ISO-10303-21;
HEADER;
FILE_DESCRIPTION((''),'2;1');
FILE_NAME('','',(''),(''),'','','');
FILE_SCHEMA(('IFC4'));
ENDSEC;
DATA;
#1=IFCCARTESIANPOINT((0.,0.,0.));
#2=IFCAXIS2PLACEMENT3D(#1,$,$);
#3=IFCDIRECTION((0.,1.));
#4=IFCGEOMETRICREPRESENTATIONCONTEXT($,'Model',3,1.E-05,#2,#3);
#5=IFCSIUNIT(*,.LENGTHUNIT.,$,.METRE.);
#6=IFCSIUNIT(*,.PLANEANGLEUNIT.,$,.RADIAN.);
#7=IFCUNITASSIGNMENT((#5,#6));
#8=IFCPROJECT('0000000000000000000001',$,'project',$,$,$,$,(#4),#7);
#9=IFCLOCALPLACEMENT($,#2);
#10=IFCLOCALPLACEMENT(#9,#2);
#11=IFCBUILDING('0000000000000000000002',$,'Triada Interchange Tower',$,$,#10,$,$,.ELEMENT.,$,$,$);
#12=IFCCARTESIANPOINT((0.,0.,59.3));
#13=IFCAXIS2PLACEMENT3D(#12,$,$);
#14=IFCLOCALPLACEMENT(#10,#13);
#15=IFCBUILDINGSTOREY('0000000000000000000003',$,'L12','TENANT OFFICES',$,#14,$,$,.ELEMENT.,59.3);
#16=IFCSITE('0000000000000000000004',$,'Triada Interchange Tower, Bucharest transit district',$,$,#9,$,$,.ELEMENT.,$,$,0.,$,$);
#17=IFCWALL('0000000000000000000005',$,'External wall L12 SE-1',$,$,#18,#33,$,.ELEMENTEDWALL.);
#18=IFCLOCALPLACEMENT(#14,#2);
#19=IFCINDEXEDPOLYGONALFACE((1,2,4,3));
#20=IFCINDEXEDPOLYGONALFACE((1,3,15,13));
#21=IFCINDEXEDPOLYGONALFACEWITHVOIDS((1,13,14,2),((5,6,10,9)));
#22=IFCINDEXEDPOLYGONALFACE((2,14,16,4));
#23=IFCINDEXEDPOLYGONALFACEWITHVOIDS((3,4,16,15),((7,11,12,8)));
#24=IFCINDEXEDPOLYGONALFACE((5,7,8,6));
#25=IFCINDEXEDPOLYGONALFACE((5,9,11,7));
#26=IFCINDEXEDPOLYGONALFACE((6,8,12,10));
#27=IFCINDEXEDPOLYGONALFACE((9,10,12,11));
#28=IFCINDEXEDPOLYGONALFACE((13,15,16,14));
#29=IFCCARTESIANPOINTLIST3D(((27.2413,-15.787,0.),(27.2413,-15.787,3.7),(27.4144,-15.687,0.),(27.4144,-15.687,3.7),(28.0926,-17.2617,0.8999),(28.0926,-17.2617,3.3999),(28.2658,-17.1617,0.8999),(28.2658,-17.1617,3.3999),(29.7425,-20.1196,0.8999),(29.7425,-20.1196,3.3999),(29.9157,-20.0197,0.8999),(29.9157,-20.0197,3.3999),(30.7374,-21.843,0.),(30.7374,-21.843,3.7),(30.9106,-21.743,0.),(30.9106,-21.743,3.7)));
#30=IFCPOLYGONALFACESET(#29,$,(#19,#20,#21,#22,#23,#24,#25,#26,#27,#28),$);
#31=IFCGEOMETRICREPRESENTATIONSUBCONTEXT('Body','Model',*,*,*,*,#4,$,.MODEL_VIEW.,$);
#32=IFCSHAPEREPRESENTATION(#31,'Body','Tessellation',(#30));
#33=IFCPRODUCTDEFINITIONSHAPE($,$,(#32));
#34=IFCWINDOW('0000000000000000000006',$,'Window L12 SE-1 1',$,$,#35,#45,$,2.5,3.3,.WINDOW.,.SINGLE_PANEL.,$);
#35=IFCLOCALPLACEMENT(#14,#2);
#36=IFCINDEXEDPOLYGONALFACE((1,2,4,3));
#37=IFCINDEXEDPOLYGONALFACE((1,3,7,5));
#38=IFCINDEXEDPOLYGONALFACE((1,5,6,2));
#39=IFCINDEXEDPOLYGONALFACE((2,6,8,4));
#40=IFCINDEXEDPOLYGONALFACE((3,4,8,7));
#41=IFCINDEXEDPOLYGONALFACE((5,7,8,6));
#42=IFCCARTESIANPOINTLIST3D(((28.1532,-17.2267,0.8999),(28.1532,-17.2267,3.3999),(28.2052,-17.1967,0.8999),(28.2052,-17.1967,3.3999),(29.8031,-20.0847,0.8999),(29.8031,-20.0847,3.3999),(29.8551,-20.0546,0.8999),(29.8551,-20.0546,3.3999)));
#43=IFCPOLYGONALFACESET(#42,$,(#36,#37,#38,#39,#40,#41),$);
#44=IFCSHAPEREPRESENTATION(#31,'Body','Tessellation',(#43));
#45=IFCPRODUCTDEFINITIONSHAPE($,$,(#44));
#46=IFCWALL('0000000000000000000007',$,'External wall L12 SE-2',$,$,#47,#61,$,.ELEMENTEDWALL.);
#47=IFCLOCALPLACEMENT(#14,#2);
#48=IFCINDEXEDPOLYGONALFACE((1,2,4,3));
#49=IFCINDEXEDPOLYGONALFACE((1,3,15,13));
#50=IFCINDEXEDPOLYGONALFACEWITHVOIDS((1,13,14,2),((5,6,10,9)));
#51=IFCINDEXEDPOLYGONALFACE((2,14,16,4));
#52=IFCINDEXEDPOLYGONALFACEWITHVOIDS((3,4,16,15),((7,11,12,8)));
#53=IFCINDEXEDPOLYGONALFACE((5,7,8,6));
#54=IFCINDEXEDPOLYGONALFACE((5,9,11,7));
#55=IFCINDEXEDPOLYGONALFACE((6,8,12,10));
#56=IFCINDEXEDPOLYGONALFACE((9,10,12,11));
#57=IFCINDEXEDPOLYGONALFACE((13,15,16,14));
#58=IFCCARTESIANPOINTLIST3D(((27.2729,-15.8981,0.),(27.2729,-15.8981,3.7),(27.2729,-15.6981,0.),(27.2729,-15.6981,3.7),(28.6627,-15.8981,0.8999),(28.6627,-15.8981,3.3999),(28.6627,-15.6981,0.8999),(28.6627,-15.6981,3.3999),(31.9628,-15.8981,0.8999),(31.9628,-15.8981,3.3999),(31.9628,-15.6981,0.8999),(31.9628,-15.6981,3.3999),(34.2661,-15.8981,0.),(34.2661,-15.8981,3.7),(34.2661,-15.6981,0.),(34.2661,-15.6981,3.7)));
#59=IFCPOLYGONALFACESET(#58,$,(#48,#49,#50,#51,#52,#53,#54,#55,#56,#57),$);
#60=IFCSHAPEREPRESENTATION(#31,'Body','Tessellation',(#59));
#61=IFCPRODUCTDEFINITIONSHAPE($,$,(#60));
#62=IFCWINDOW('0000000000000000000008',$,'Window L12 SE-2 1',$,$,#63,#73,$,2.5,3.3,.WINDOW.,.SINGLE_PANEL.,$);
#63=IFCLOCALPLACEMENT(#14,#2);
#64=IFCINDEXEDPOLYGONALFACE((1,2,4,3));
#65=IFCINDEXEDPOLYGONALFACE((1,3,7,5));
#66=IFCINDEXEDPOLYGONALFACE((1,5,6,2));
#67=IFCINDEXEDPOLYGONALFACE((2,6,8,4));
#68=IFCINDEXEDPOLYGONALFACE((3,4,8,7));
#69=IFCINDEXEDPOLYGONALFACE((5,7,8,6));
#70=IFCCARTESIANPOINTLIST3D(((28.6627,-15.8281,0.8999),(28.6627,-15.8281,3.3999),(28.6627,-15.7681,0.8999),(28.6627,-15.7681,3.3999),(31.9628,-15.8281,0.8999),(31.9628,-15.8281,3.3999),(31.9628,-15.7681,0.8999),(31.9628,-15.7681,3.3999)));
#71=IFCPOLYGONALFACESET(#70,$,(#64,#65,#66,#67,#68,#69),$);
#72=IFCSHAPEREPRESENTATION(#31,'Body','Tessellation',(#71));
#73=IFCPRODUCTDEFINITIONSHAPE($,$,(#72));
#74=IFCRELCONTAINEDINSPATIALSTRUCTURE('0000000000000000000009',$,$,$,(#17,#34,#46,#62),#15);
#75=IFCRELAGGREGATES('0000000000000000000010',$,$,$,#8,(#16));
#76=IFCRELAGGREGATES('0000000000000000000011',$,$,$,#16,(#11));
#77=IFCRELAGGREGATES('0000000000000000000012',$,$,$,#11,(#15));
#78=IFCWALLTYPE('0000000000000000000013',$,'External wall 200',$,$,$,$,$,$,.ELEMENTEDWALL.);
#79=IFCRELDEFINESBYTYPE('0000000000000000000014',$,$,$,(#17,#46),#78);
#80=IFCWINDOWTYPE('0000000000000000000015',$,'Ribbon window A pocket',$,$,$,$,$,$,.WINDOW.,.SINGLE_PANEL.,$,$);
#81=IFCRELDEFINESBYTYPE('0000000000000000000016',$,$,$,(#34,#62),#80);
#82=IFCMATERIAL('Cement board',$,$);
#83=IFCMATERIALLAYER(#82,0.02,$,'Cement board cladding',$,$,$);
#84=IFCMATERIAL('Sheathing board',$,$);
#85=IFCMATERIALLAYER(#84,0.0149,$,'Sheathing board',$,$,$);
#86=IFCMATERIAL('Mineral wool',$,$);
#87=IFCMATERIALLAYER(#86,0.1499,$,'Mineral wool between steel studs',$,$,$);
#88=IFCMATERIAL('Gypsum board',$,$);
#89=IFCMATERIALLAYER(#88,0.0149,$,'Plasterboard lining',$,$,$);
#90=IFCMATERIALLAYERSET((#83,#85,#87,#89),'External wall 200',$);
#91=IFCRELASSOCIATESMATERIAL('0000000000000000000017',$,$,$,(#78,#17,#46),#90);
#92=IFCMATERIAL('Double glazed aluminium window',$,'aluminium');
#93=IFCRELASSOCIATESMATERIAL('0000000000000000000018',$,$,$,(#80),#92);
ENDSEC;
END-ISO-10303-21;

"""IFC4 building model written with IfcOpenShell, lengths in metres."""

from ifc_helpers import new_model, si_unit, direction, frame, frame_2d, origin, place, context, subcontext, project, spatial, rectangle, extrude, material, layer, layer_set, layer_usage, type_object, element, fill, save


model = new_model("IFC4")

# Units and contexts
model_context = context("Model", 3, precision=1e-05, world=origin(), true_north=direction((0.0, 1.0)))
body_context = subcontext(model_context, "Body", "Model", "MODEL_VIEW")
ifc_project = project(units=[si_unit("LENGTHUNIT", "METRE"), si_unit("PLANEANGLEUNIT", "RADIAN")], contexts=[model_context])

# Site, building, storey
site_placement = place(None, origin())
site = spatial("IfcSite", under=ifc_project, at=site_placement, Name="Triada Interchange Tower, Bucharest transit district", CompositionType="ELEMENT", RefElevation=0.0)
building_placement = place(site_placement, origin())
building = spatial("IfcBuilding", under=site, at=building_placement, Name="Triada Interchange Tower", CompositionType="ELEMENT")
storey_placement = place(building_placement, frame((0.0, 0.0, 59.3)))
storey = spatial("IfcBuildingStorey", under=building, at=storey_placement, Name="L12", Description="TENANT OFFICES", CompositionType="ELEMENT", Elevation=59.3)

# Walls, openings, windows
ifc_material_1 = material(Name="Cement board")
ifc_layer_1 = layer(ifc_material_1, 0.02, Name="Cement board cladding")
ifc_material_2 = material(Name="Sheathing board")
ifc_layer_2 = layer(ifc_material_2, 0.0149, Name="Sheathing board")
ifc_material_3 = material(Name="Mineral wool")
ifc_layer_3 = layer(ifc_material_3, 0.1499, Name="Mineral wool between steel studs")
ifc_material_4 = material(Name="Gypsum board")
ifc_layer_4 = layer(ifc_material_4, 0.0149, Name="Plasterboard lining")
ifc_layer_set_1 = layer_set([ifc_layer_1, ifc_layer_2, ifc_layer_3, ifc_layer_4], Name="External wall 200")
ifc_layer_usage = layer_usage(ifc_layer_set_1, "AXIS2", "POSITIVE", -0.1001)
wall_type = type_object("IfcWallType", Name="External wall 200", PredefinedType="ELEMENTEDWALL", material=ifc_layer_set_1)
wall_1_placement = place(storey_placement, frame((30.824, -21.793, 0.0), z_axis=(0.0, 0.0, 1.0), x_axis=(-0.499969, 0.866043, 0.0)))
wall_1 = element("IfcWall", 1, at=wall_1_placement, inside=storey, type_object=wall_type, material=ifc_layer_usage, Name="External wall L12 SE-1", PredefinedType="ELEMENTEDWALL", context=body_context, shape_type="SweptSolid", body=[
    extrude(rectangle(XDim=6.9927, YDim=0.2, at=frame_2d((3.4963, 0.0))), origin(), (0.0, 0.0, 1.0), 3.7),
])
opening_1_placement = place(wall_1_placement, frame((1.99, 0.0, 0.8999)))
opening_1 = element("IfcOpeningElement", 2, at=opening_1_placement, cuts=wall_1, PredefinedType="OPENING", context=body_context, shape_type="SweptSolid", body=[
    extrude(rectangle(XDim=3.3, YDim=2.5, at=frame_2d((1.6499, 1.25))), frame((0.0, 0.1099, 0.0), z_axis=(0.0, -1.0, 0.0), x_axis=(1.0, 0.0, 0.0)), (0.0, 0.0, 1.0), 0.22),
])
ifc_material_5 = material(Name="Double glazed aluminium window", Category="aluminium")
window_type_1 = type_object("IfcWindowType", Name="Ribbon window A pocket", PartitioningType="SINGLE_PANEL", PredefinedType="WINDOW", material=ifc_material_5)
window_1_placement = place(opening_1_placement, origin())
window_1 = element("IfcWindow", 3, at=window_1_placement, inside=storey, type_object=window_type_1, Name="Window L12 SE-1 1", OverallHeight=2.5, OverallWidth=3.3, PartitioningType="SINGLE_PANEL", PredefinedType="WINDOW", context=body_context, shape_type="SweptSolid", body=[
    extrude(rectangle(XDim=3.3, YDim=2.5, at=frame_2d((1.6499, 1.25))), frame((0.0, 0.03, 0.0), z_axis=(0.0, -1.0, 0.0), x_axis=(1.0, 0.0, 0.0)), (0.0, 0.0, 1.0), 0.0601),
])
fill(opening_1, window_1)
wall_2_placement = place(storey_placement, frame((27.2729, -15.7981, 0.0), z_axis=(0.0, 0.0, 1.0), x_axis=(1.0, 0.0, 0.0)))
wall_2 = element("IfcWall", 4, at=wall_2_placement, inside=storey, type_object=wall_type, material=ifc_layer_usage, Name="External wall L12 SE-2", PredefinedType="ELEMENTEDWALL", context=body_context, shape_type="SweptSolid", body=[
    extrude(rectangle(XDim=6.9932, YDim=0.2, at=frame_2d((3.4966, 0.0))), origin(), (0.0, 0.0, 1.0), 3.7),
])
opening_2_placement = place(wall_2_placement, frame((1.3899, 0.0, 0.8999)))
opening_2 = element("IfcOpeningElement", 5, at=opening_2_placement, cuts=wall_2, PredefinedType="OPENING", context=body_context, shape_type="SweptSolid", body=[
    extrude(rectangle(XDim=3.3, YDim=2.5, at=frame_2d((1.6499, 1.25))), frame((0.0, 0.1099, 0.0), z_axis=(0.0, -1.0, 0.0), x_axis=(1.0, 0.0, 0.0)), (0.0, 0.0, 1.0), 0.22),
])
window_2_placement = place(opening_2_placement, origin())
window_2 = element("IfcWindow", 6, at=window_2_placement, inside=storey, type_object=window_type_1, Name="Window L12 SE-2 1", OverallHeight=2.5, OverallWidth=3.3, PartitioningType="SINGLE_PANEL", PredefinedType="WINDOW", context=body_context, shape_type="SweptSolid", body=[
    extrude(rectangle(XDim=3.3, YDim=2.5, at=frame_2d((1.6499, 1.25))), frame((0.0, 0.03, 0.0), z_axis=(0.0, -1.0, 0.0), x_axis=(1.0, 0.0, 0.0)), (0.0, 0.0, 1.0), 0.0601),
])
fill(opening_2, window_2)

save(model, "model.ifc")
